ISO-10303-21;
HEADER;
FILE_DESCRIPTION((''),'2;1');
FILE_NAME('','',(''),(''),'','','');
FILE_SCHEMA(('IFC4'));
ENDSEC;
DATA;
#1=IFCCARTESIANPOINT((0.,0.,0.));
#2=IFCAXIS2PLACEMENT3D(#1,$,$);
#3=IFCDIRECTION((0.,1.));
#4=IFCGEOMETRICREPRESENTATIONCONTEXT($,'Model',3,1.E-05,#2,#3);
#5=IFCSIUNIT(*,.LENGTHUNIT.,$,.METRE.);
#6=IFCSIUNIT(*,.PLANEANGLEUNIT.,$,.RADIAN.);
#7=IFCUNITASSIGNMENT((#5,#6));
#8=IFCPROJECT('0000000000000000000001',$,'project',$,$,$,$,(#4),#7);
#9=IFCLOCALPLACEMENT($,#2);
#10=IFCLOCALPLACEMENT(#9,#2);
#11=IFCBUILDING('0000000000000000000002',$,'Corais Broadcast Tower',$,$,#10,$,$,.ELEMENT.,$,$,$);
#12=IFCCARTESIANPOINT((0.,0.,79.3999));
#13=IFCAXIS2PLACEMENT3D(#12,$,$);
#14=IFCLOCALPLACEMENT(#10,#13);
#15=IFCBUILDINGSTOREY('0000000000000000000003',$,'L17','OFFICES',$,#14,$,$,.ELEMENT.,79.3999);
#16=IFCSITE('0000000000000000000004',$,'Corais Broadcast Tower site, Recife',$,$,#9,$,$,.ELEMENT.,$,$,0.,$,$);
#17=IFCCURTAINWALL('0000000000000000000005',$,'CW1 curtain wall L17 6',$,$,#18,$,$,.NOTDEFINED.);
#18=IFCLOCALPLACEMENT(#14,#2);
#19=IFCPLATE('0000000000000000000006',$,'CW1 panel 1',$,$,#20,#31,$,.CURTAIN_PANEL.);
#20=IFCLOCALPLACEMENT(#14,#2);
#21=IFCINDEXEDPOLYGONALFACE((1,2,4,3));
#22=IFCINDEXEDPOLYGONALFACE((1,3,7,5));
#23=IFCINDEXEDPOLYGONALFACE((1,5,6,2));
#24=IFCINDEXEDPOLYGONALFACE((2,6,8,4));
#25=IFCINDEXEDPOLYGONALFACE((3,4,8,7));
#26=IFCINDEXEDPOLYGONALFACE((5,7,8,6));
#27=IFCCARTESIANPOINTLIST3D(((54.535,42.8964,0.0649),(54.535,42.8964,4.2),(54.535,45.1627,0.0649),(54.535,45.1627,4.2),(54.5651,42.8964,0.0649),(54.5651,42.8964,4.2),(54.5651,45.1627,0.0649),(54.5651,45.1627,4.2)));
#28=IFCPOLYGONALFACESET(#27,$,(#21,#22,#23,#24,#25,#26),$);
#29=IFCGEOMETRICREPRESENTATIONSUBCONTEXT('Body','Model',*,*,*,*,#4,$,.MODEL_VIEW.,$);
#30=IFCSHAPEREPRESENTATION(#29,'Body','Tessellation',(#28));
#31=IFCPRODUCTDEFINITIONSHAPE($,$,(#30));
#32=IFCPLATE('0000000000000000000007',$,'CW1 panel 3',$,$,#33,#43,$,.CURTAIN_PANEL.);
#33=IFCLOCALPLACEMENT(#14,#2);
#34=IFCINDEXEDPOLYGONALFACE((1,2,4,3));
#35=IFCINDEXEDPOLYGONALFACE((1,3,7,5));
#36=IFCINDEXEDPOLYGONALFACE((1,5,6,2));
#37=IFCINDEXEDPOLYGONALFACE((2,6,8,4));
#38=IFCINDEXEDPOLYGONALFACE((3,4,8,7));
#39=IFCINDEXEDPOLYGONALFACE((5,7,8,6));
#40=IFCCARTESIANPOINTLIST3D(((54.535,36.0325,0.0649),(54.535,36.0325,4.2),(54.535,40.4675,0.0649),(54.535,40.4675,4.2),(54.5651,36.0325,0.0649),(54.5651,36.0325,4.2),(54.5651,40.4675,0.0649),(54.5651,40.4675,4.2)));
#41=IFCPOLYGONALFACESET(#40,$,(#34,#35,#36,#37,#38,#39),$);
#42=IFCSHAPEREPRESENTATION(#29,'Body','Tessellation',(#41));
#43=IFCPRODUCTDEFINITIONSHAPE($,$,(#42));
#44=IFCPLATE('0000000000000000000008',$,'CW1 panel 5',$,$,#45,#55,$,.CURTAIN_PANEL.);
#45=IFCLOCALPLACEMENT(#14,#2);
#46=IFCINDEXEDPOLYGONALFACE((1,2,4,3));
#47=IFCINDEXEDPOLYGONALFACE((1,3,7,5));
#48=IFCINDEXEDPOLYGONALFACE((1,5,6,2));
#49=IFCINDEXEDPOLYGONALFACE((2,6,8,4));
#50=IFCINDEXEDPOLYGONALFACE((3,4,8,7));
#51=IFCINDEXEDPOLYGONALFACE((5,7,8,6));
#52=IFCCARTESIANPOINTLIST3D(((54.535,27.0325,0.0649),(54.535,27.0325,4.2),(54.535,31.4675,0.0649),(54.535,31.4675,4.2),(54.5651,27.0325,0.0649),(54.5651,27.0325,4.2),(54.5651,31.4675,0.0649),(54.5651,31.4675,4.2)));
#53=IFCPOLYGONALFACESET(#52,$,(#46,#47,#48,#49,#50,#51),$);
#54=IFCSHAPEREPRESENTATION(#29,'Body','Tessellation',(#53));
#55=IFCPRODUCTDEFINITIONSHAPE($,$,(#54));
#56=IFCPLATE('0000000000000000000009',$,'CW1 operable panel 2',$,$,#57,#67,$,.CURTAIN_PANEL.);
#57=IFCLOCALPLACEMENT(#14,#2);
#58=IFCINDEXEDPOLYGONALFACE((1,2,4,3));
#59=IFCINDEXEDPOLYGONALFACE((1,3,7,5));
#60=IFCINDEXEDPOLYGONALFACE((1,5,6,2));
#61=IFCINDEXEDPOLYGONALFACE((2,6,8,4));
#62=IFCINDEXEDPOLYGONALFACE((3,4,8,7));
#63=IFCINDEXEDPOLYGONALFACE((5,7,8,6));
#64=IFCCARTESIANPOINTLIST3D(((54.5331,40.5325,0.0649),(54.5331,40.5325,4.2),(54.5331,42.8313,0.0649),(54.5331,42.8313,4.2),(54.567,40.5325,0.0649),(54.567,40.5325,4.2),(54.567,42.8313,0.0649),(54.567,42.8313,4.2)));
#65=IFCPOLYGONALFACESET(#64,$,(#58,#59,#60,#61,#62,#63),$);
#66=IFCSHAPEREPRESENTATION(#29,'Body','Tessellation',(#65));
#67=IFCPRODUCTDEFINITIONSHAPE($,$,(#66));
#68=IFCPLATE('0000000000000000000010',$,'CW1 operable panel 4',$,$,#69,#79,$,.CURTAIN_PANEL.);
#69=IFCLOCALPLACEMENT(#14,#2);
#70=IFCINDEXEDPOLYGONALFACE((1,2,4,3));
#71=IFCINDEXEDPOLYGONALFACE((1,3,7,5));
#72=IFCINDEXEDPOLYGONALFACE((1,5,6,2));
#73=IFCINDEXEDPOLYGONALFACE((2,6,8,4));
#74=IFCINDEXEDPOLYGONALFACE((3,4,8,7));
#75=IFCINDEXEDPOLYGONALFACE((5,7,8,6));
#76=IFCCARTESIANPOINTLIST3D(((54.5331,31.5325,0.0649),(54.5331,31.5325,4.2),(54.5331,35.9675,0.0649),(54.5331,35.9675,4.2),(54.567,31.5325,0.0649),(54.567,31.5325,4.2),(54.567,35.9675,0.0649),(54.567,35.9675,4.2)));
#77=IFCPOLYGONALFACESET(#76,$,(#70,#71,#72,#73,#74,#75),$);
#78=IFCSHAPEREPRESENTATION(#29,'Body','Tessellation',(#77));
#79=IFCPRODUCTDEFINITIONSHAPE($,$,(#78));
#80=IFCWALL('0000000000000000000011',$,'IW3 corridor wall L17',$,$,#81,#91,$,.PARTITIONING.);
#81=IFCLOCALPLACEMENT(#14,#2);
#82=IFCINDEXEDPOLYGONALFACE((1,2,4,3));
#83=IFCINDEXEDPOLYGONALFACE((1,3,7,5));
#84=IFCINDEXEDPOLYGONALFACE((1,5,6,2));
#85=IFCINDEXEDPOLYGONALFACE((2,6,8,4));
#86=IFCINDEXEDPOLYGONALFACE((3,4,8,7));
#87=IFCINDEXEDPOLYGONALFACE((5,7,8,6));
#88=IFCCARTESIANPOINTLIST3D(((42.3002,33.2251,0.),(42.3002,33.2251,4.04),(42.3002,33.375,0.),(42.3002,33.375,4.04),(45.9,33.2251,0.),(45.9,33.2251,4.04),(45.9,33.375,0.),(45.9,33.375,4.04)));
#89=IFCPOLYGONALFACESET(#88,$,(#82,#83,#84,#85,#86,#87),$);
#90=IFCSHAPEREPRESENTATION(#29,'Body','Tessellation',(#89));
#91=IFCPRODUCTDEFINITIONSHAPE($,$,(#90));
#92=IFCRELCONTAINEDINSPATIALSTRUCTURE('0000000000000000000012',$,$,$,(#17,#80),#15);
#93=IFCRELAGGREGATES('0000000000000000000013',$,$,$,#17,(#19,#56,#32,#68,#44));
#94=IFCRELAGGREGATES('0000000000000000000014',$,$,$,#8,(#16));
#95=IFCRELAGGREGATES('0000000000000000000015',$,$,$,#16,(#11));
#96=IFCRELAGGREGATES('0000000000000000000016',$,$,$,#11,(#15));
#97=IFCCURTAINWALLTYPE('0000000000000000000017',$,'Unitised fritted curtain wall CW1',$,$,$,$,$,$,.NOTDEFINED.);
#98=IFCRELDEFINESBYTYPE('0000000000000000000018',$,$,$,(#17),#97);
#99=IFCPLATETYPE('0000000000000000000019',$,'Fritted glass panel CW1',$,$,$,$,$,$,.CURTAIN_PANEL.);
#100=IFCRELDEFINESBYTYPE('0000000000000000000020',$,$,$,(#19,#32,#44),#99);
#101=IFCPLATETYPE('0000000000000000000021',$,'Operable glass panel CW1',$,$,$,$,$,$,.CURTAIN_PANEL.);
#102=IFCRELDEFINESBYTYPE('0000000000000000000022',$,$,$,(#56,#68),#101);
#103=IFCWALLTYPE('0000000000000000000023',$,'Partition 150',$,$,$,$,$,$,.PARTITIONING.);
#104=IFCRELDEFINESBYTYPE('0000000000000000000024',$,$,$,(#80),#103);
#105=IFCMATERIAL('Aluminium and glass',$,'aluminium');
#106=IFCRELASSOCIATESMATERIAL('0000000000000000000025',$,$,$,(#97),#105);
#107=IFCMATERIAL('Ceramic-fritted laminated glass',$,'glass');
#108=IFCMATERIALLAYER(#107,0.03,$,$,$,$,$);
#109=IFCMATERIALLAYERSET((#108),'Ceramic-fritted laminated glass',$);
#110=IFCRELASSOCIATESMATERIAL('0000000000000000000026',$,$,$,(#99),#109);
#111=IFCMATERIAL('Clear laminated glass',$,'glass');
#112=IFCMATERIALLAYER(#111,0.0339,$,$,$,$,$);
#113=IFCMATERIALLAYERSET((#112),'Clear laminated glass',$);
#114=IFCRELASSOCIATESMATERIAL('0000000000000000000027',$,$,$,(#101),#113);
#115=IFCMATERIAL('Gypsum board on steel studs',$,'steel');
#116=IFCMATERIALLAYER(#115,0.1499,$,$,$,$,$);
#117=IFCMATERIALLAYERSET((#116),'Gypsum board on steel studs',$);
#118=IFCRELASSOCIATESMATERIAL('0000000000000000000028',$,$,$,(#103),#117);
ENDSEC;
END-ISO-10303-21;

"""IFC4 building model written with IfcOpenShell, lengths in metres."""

from ifc_helpers import new_model, si_unit, direction, frame, frame_2d, origin, origin_2d, place, context, subcontext, project, spatial, rectangle, extrude, material, layer, layer_set, type_object, element, aggregate, save


model = new_model("IFC4")

# Units and contexts
model_context = context("Model", 3, precision=1e-05, world=origin(), true_north=direction((0.0, 1.0)))
body_context = subcontext(model_context, "Body", "Model", "MODEL_VIEW")
ifc_project = project(units=[si_unit("LENGTHUNIT", "METRE"), si_unit("PLANEANGLEUNIT", "RADIAN")], contexts=[model_context])

# Site, building, storey
site_placement = place(None, origin())
site = spatial("IfcSite", under=ifc_project, at=site_placement, Name="Corais Broadcast Tower site, Recife", CompositionType="ELEMENT", RefElevation=0.0)
building_placement = place(site_placement, origin())
building = spatial("IfcBuilding", under=site, at=building_placement, Name="Corais Broadcast Tower", CompositionType="ELEMENT")
storey_placement = place(building_placement, frame((0.0, 0.0, 79.3999)))
storey = spatial("IfcBuildingStorey", under=building, at=storey_placement, Name="L17", Description="OFFICES", CompositionType="ELEMENT", Elevation=79.3999)

# Curtain wall
ifc_material_1 = material(Name="Aluminium and glass", Category="aluminium")
curtain_wall_type = type_object("IfcCurtainWallType", Name="Unitised fritted curtain wall CW1", PredefinedType="NOTDEFINED", material=ifc_material_1)
curtain_wall_placement = place(storey_placement, origin())
curtain_wall = element("IfcCurtainWall", 1, at=curtain_wall_placement, inside=storey, type_object=curtain_wall_type, Name="CW1 curtain wall L17 6", PredefinedType="NOTDEFINED")

# Plates
ifc_material_2 = material(Name="Ceramic-fritted laminated glass", Category="glass")
ifc_layer_1 = layer(ifc_material_2, 0.03)
ifc_layer_set_1 = layer_set([ifc_layer_1], Name="Ceramic-fritted laminated glass")
plate_type_1 = type_object("IfcPlateType", Name="Fritted glass panel CW1", PredefinedType="CURTAIN_PANEL", material=ifc_layer_set_1)
plate_1_placement = place(storey_placement, frame((54.55, 44.0295, 0.0649), z_axis=(0.0, 0.0, 1.0), x_axis=(0.0, -1.0, 0.0)))
plate_1 = element("IfcPlate", 2, at=plate_1_placement, type_object=plate_type_1, Name="CW1 panel 1", PredefinedType="CURTAIN_PANEL", context=body_context, shape_type="SweptSolid", body=[
    extrude(rectangle(XDim=2.2664, YDim=0.03, at=origin_2d()), origin(), (0.0, 0.0, 1.0), 4.135),
])
plate_2_placement = place(storey_placement, frame((54.55, 38.25, 0.0649), z_axis=(0.0, 0.0, 1.0), x_axis=(0.0, -1.0, 0.0)))
plate_2 = element("IfcPlate", 3, at=plate_2_placement, type_object=plate_type_1, Name="CW1 panel 3", PredefinedType="CURTAIN_PANEL", context=body_context, shape_type="SweptSolid", body=[
    extrude(rectangle(XDim=4.4351, YDim=0.03, at=origin_2d()), origin(), (0.0, 0.0, 1.0), 4.135),
])
plate_3_placement = place(storey_placement, frame((54.55, 29.25, 0.0649), z_axis=(0.0, 0.0, 1.0), x_axis=(0.0, -1.0, 0.0)))
plate_3 = element("IfcPlate", 4, at=plate_3_placement, type_object=plate_type_1, Name="CW1 panel 5", PredefinedType="CURTAIN_PANEL", context=body_context, shape_type="SweptSolid", body=[
    extrude(rectangle(XDim=4.4351, YDim=0.03, at=origin_2d()), origin(), (0.0, 0.0, 1.0), 4.135),
])
ifc_material_3 = material(Name="Clear laminated glass", Category="glass")
ifc_layer_2 = layer(ifc_material_3, 0.0339)
ifc_layer_set_2 = layer_set([ifc_layer_2], Name="Clear laminated glass")
plate_type_2 = type_object("IfcPlateType", Name="Operable glass panel CW1", PredefinedType="CURTAIN_PANEL", material=ifc_layer_set_2)
plate_4_placement = place(storey_placement, frame((54.55, 41.6819, 0.0649), z_axis=(0.0, 0.0, 1.0), x_axis=(0.0, -1.0, 0.0)))
plate_4 = element("IfcPlate", 5, at=plate_4_placement, type_object=plate_type_2, Name="CW1 operable panel 2", PredefinedType="CURTAIN_PANEL", context=body_context, shape_type="SweptSolid", body=[
    extrude(rectangle(XDim=2.2988, YDim=0.0339, at=origin_2d()), origin(), (0.0, 0.0, 1.0), 4.135),
])
plate_5_placement = place(storey_placement, frame((54.55, 33.75, 0.0649), z_axis=(0.0, 0.0, 1.0), x_axis=(0.0, -1.0, 0.0)))
plate_5 = element("IfcPlate", 6, at=plate_5_placement, type_object=plate_type_2, Name="CW1 operable panel 4", PredefinedType="CURTAIN_PANEL", context=body_context, shape_type="SweptSolid", body=[
    extrude(rectangle(XDim=4.4351, YDim=0.0339, at=origin_2d()), origin(), (0.0, 0.0, 1.0), 4.135),
])
aggregate(curtain_wall, [plate_1, plate_4, plate_2, plate_5, plate_3])

# Wall
ifc_material_4 = material(Name="Gypsum board on steel studs", Category="steel")
ifc_layer_3 = layer(ifc_material_4, 0.1499)
ifc_layer_set_3 = layer_set([ifc_layer_3], Name="Gypsum board on steel studs")
wall_type = type_object("IfcWallType", Name="Partition 150", PredefinedType="PARTITIONING", material=ifc_layer_set_3)
wall_placement = place(storey_placement, frame((45.8999, 33.3, 0.0), z_axis=(0.0, 0.0, 1.0), x_axis=(-1.0, 0.0, 0.0)))
element("IfcWall", 7, at=wall_placement, inside=storey, type_object=wall_type, Name="IW3 corridor wall L17", PredefinedType="PARTITIONING", context=body_context, shape_type="SweptSolid", body=[
    extrude(rectangle(XDim=3.5999, YDim=0.1499, at=frame_2d((1.7998, 0.0))), origin(), (0.0, 0.0, 1.0), 4.04),
])

save(model, "model.ifc")
